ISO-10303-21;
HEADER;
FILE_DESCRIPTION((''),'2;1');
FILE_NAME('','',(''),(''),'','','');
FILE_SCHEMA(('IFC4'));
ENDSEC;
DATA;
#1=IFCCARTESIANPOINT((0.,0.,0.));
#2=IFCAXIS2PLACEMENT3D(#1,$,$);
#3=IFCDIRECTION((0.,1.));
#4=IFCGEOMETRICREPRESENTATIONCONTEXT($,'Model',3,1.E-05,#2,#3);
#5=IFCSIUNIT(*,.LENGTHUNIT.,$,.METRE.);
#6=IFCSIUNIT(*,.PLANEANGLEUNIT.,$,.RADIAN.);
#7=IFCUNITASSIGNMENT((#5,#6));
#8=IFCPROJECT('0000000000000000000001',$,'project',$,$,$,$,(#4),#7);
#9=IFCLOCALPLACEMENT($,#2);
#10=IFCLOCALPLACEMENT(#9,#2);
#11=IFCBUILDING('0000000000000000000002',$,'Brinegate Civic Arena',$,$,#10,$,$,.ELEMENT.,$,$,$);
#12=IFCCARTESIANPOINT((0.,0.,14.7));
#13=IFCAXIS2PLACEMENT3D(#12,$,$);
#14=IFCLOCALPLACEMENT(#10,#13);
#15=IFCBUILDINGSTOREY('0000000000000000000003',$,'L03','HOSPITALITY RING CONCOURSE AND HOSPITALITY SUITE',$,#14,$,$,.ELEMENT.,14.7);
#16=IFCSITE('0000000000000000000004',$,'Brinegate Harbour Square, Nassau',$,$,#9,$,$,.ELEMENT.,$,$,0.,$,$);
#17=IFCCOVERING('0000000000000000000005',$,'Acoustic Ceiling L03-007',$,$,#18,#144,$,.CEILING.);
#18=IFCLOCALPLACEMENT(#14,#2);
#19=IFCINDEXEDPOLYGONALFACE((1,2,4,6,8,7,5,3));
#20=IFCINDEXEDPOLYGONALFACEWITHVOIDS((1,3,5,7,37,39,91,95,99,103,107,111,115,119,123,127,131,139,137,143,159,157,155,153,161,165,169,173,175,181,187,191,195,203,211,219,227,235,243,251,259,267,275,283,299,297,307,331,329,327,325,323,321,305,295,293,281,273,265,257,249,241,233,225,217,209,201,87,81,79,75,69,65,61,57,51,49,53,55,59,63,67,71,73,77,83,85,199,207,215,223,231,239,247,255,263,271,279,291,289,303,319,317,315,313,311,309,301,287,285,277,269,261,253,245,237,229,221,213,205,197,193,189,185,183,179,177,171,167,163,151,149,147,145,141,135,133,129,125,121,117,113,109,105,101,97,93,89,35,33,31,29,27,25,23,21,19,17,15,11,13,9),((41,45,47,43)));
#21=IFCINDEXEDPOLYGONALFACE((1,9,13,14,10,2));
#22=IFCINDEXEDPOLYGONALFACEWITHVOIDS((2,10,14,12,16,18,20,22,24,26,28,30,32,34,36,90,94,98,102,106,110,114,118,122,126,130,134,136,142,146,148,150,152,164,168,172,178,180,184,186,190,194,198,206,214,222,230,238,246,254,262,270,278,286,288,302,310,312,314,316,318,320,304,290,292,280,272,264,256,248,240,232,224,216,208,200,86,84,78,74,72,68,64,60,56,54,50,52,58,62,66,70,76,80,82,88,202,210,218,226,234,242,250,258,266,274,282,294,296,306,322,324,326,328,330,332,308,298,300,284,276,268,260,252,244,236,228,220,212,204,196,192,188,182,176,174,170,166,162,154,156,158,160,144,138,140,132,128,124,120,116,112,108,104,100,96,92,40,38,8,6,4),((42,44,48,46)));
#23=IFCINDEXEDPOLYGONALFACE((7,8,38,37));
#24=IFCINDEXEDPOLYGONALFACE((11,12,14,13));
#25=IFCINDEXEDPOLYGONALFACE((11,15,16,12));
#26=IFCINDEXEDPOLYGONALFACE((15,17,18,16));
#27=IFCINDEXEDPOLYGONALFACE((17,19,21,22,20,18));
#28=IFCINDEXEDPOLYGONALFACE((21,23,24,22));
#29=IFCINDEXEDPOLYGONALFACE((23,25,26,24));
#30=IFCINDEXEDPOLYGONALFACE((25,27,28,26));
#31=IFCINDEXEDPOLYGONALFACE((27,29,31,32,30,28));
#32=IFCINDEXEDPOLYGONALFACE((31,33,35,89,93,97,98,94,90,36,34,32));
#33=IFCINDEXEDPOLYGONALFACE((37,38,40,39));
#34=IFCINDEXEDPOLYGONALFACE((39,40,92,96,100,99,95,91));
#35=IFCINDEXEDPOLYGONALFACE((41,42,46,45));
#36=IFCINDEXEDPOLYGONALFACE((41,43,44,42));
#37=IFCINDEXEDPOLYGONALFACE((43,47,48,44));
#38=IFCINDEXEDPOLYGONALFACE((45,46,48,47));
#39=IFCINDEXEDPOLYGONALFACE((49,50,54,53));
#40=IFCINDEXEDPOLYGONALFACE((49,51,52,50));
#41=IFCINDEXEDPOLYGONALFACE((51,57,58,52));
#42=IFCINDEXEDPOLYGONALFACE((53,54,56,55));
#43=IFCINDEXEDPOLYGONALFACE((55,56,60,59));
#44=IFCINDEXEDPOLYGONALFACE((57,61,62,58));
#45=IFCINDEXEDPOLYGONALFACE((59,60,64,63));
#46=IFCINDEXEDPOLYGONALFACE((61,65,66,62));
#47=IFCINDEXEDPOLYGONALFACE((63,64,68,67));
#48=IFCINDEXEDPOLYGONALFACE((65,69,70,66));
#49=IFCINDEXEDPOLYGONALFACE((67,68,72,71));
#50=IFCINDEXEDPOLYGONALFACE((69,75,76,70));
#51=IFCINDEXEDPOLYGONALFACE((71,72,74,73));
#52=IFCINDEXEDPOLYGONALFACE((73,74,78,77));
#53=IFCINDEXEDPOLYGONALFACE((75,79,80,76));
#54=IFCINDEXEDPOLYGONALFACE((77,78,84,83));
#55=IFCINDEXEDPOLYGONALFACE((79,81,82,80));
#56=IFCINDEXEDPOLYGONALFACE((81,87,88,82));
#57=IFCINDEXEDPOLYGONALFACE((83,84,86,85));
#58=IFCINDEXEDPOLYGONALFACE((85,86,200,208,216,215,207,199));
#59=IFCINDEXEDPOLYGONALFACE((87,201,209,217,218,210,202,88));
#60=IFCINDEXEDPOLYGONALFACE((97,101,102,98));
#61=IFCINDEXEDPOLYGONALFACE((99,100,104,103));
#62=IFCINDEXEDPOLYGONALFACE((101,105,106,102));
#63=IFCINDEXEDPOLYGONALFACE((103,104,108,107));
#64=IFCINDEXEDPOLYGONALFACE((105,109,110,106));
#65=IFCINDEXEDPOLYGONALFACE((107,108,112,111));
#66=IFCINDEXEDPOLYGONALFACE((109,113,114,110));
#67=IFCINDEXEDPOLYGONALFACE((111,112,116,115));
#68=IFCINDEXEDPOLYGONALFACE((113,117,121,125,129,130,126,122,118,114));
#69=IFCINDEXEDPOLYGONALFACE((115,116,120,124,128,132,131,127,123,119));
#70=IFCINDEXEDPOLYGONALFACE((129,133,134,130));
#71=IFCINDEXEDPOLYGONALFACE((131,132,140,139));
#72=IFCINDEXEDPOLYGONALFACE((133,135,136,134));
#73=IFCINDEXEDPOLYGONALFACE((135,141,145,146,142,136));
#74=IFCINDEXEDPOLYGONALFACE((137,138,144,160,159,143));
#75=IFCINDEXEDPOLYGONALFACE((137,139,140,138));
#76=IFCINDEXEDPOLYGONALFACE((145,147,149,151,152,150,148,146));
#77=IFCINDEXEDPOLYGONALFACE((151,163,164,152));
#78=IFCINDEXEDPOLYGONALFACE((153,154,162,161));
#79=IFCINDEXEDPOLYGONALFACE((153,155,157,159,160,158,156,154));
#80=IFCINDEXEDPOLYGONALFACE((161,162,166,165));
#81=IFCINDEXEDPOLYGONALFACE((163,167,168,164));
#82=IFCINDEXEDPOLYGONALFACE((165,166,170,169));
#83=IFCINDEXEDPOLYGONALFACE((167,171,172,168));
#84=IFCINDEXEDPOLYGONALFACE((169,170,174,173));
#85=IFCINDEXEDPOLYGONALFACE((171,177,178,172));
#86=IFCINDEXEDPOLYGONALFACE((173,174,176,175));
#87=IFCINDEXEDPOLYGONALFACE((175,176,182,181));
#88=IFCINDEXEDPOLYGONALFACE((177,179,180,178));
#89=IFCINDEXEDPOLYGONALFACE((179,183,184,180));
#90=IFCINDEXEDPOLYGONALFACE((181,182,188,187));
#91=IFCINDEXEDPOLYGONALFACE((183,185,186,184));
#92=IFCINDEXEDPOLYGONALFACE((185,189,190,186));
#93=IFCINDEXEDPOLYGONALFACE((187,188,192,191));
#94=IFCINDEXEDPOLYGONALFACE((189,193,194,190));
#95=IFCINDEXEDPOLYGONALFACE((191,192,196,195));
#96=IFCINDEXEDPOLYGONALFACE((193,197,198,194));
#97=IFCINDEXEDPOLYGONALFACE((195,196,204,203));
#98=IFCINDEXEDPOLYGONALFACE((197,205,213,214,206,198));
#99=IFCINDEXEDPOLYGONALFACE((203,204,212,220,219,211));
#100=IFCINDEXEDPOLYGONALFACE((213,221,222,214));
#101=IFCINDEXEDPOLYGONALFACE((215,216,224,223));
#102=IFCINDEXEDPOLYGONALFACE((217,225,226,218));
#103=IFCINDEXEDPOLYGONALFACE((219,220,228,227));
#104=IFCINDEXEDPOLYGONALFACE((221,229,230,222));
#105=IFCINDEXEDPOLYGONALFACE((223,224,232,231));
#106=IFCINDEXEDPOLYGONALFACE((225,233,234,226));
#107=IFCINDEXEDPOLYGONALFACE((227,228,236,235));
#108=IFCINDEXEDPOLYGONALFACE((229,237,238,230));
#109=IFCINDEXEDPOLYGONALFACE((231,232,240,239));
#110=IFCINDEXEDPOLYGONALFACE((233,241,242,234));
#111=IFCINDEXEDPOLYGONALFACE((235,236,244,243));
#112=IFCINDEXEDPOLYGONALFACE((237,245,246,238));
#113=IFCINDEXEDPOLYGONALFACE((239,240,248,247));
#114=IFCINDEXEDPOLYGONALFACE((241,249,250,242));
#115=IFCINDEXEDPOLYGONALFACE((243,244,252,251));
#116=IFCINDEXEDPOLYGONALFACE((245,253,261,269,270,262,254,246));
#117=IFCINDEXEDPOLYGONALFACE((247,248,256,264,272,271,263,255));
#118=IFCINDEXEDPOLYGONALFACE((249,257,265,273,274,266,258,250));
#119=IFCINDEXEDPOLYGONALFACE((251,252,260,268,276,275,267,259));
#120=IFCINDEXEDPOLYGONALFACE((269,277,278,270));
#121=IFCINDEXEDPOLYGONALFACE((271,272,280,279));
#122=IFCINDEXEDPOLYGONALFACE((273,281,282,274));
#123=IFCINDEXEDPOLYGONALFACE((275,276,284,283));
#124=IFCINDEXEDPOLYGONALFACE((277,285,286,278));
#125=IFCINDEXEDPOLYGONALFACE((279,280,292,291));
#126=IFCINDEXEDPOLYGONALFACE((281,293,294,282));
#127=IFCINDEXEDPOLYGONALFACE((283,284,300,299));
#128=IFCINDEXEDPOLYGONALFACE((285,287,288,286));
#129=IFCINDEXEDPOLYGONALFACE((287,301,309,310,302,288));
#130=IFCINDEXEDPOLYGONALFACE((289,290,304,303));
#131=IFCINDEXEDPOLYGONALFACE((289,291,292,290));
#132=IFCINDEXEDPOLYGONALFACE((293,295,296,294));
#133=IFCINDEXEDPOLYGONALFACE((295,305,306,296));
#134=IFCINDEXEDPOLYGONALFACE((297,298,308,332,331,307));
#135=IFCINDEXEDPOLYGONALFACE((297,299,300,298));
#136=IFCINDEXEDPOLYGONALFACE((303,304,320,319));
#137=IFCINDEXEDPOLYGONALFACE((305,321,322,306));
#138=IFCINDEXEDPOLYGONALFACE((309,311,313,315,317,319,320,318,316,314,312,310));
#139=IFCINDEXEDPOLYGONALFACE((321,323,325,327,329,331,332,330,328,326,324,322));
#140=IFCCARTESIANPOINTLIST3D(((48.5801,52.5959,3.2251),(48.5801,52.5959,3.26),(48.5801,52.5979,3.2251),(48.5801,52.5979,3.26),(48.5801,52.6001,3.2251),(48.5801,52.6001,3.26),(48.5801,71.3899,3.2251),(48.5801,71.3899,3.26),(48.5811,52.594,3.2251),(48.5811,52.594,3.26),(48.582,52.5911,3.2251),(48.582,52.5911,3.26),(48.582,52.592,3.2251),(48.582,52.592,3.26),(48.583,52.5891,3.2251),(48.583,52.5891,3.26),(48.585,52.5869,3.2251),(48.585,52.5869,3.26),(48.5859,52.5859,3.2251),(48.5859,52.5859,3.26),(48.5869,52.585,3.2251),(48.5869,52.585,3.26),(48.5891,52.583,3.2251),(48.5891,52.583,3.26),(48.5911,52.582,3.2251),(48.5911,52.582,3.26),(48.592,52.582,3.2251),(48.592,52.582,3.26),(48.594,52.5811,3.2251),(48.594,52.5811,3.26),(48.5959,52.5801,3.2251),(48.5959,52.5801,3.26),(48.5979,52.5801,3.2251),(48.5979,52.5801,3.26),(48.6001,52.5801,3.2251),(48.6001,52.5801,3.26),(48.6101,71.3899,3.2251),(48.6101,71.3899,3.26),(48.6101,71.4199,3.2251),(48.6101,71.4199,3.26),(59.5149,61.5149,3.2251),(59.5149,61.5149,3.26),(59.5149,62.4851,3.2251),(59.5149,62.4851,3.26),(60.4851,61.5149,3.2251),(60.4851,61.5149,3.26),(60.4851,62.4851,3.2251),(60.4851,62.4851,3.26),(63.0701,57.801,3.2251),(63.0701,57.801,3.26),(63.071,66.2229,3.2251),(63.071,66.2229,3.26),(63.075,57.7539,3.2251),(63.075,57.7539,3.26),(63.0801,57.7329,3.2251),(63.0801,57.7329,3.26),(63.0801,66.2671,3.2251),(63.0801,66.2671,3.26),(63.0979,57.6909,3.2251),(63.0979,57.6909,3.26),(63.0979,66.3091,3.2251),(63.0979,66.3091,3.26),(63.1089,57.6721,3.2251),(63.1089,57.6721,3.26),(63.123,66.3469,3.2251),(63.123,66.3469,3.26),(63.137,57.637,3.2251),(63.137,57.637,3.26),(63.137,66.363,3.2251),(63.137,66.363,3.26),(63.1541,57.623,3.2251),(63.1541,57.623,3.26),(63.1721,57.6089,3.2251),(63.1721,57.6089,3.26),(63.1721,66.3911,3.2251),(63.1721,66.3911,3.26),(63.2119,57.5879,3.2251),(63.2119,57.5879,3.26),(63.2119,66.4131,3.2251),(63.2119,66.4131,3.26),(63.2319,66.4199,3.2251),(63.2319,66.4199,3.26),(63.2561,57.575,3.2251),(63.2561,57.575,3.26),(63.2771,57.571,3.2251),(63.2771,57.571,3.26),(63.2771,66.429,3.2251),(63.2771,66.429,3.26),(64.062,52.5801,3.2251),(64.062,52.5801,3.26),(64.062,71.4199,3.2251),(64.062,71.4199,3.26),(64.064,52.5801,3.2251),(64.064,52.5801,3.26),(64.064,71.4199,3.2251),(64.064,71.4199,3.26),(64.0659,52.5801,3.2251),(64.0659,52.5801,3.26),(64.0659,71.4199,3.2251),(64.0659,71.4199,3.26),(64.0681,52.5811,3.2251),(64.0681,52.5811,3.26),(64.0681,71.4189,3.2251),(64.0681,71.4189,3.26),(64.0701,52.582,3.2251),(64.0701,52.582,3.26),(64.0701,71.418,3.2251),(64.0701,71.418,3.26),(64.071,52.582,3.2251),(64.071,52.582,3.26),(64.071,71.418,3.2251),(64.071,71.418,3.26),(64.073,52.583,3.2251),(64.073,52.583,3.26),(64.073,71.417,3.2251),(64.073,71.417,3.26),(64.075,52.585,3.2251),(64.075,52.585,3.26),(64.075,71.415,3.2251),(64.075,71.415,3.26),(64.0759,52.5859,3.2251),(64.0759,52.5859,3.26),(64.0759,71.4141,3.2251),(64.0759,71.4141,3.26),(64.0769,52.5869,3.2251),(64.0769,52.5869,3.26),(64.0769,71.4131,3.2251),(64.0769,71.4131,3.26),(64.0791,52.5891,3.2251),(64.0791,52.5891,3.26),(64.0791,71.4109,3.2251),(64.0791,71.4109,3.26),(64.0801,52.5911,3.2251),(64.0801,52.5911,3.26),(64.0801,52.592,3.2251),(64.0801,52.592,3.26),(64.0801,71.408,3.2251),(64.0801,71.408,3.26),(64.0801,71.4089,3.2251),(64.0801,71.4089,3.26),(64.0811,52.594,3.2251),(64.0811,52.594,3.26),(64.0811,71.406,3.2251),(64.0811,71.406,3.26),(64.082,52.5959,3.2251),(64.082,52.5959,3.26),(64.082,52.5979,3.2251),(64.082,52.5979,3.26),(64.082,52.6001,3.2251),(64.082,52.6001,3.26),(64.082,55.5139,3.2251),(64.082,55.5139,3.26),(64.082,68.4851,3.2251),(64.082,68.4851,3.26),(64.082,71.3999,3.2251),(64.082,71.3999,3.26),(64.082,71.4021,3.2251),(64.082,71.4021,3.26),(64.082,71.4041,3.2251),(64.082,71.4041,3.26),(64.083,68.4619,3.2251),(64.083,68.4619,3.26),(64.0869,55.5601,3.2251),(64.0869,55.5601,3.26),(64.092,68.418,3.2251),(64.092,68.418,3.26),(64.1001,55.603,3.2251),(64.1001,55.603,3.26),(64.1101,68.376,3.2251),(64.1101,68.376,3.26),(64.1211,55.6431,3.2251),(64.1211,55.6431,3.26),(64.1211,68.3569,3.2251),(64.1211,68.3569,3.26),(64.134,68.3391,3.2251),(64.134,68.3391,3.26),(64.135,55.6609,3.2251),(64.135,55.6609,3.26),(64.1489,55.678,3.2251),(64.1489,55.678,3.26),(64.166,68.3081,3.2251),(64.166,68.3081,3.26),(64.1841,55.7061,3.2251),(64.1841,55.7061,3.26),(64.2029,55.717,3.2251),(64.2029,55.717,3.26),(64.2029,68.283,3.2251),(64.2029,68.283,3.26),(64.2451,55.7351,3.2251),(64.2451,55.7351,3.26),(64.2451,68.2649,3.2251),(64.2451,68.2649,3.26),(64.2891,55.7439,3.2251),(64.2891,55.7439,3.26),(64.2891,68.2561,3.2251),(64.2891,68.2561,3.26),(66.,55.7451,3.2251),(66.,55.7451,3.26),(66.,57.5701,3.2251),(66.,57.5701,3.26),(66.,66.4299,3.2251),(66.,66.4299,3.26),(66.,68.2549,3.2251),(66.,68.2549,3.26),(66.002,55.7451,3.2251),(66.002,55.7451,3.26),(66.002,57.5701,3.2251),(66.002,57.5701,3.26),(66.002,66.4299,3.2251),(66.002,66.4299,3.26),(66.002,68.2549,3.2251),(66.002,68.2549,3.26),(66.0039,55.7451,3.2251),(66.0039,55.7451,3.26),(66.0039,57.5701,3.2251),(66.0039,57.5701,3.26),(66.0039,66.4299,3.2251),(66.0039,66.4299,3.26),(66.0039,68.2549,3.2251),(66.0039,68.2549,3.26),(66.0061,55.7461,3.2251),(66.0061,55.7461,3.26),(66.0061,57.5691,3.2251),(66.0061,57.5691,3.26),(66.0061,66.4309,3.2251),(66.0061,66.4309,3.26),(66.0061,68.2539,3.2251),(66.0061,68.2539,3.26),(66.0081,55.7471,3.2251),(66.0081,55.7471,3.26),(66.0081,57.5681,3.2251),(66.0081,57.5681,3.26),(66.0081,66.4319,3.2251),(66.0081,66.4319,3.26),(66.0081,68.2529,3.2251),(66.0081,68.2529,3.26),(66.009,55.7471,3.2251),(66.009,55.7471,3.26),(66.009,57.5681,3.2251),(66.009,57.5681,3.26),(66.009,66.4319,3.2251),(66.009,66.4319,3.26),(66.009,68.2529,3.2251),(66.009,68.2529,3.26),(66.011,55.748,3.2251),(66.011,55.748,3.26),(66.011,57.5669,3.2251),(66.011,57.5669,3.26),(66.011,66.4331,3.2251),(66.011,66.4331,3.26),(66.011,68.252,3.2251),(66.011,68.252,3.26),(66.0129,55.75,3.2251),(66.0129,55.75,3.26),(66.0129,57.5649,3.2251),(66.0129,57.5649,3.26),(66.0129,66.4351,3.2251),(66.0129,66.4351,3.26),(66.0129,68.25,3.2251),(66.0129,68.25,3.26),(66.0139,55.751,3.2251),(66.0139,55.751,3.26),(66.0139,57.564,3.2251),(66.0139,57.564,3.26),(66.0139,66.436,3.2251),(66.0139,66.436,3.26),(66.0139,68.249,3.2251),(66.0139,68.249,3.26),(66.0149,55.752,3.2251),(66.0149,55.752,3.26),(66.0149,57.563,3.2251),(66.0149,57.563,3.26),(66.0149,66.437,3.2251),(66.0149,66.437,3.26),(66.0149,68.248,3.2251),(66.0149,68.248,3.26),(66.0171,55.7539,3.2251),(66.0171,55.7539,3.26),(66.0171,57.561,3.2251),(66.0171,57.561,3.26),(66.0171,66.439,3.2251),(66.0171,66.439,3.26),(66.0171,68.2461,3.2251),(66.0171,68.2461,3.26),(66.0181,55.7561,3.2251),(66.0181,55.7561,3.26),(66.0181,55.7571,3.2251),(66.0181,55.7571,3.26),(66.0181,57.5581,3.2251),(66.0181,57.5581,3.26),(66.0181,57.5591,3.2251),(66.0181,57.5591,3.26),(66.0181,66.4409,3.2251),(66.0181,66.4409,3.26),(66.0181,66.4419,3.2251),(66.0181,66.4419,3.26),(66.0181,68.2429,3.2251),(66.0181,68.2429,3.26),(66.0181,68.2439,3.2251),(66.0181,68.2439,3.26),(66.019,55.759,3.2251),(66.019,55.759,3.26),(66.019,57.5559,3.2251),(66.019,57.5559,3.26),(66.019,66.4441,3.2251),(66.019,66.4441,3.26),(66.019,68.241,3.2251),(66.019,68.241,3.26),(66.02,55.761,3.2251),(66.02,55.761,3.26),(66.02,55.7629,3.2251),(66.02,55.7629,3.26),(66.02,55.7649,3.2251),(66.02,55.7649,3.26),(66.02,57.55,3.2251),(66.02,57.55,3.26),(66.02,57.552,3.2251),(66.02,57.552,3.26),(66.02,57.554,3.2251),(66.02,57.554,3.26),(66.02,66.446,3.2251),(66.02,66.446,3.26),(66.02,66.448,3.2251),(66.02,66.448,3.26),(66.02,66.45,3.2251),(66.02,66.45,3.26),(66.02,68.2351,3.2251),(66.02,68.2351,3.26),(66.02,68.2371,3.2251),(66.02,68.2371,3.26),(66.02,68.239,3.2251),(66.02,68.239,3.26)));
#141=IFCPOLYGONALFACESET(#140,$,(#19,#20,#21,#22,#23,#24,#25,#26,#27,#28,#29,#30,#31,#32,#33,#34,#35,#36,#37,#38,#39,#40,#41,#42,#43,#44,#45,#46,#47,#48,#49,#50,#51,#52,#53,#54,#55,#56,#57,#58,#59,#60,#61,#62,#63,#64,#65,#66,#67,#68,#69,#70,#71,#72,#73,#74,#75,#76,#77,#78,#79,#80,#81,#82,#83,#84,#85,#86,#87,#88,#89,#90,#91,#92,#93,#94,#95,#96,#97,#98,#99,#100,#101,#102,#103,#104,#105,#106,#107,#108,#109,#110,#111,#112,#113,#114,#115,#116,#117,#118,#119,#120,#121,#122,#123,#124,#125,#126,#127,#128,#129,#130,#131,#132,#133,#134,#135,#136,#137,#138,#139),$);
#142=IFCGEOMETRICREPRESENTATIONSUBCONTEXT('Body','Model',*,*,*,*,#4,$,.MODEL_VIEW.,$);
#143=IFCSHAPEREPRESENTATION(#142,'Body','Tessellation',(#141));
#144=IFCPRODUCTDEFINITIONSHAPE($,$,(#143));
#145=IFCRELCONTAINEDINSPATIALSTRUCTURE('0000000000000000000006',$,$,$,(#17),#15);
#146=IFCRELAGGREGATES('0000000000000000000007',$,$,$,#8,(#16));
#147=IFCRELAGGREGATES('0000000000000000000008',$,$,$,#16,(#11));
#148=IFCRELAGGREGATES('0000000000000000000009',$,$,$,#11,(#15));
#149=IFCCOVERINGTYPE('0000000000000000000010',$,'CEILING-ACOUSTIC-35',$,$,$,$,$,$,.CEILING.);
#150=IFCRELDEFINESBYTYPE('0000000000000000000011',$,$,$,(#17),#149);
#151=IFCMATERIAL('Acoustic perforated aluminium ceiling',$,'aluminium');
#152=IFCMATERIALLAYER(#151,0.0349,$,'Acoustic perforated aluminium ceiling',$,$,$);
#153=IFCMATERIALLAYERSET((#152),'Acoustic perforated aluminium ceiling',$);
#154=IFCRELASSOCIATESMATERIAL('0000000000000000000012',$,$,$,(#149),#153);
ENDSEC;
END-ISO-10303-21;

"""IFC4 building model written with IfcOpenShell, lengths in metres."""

from ifc_helpers import new_model, si_unit, direction, frame, origin, place, context, subcontext, project, spatial, polyline, outline, extrude, material, layer, layer_set, type_object, element, save


model = new_model("IFC4")

# Units and contexts
model_context = context("Model", 3, precision=1e-05, world=origin(), true_north=direction((0.0, 1.0)))
body_context = subcontext(model_context, "Body", "Model", "MODEL_VIEW")
ifc_project = project(units=[si_unit("LENGTHUNIT", "METRE"), si_unit("PLANEANGLEUNIT", "RADIAN")], contexts=[model_context])

# Site, building, storey
site_placement = place(None, origin())
site = spatial("IfcSite", under=ifc_project, at=site_placement, Name="Brinegate Harbour Square, Nassau", CompositionType="ELEMENT", RefElevation=0.0)
building_placement = place(site_placement, origin())
building = spatial("IfcBuilding", under=site, at=building_placement, Name="Brinegate Civic Arena", CompositionType="ELEMENT")
storey_placement = place(building_placement, frame((0.0, 0.0, 14.7)))
storey = spatial("IfcBuildingStorey", under=building, at=storey_placement, Name="L03", Description="HOSPITALITY RING CONCOURSE AND HOSPITALITY SUITE", CompositionType="ELEMENT", Elevation=14.7)

# Covering
ifc_material_1 = material(Name="Acoustic perforated aluminium ceiling", Category="aluminium")
ifc_layer_1 = layer(ifc_material_1, 0.0349, Name="Acoustic perforated aluminium ceiling")
ifc_layer_set_1 = layer_set([ifc_layer_1], Name="Acoustic perforated aluminium ceiling")
covering_type_1 = type_object("IfcCoveringType", Name="CEILING-ACOUSTIC-35", PredefinedType="CEILING", material=ifc_layer_set_1)
covering_1_placement = place(storey_placement, frame((0.0, 0.0, 3.2251)))
element("IfcCovering", 1, at=covering_1_placement, inside=storey, type_object=covering_type_1, Name="Acoustic Ceiling L03-007", PredefinedType="CEILING", context=body_context, shape_type="SweptSolid", body=[
    extrude(outline(polyline([(64.0659, 71.4199), (64.0681, 71.4189), (64.0701, 71.418), (64.071, 71.418), (64.073, 71.417), (64.075, 71.415), (64.0759, 71.4141), (64.0769, 71.4131), (64.0791, 71.4109), (64.0801, 71.4089), (64.0801, 71.408), (64.0811, 71.406), (64.082, 71.4041), (64.082, 71.4021), (64.082, 71.3999), (64.082, 68.4851), (64.083, 68.4619), (64.092, 68.418), (64.1101, 68.376), (64.1211, 68.3569), (64.134, 68.3391), (64.166, 68.3081), (64.2029, 68.283), (64.2451, 68.2649), (64.2891, 68.2561), (66.0, 68.2549), (66.002, 68.2549), (66.0039, 68.2549), (66.0061, 68.2539), (66.0081, 68.2529), (66.009, 68.2529), (66.011, 68.252), (66.0129, 68.25), (66.0139, 68.249), (66.0149, 68.248), (66.0171, 68.2461), (66.0181, 68.2439), (66.0181, 68.2429), (66.019, 68.241), (66.02, 68.239), (66.02, 68.2371), (66.02, 68.2351), (66.02, 66.45), (66.02, 66.448), (66.02, 66.446), (66.019, 66.4441), (66.0181, 66.4419), (66.0181, 66.4409), (66.0171, 66.439), (66.0149, 66.437), (66.0139, 66.436), (66.0129, 66.4351), (66.011, 66.4331), (66.009, 66.4319), (66.0081, 66.4319), (66.0061, 66.4309), (66.0039, 66.4299), (66.002, 66.4299), (66.0, 66.4299), (63.2771, 66.429), (63.2319, 66.4199), (63.2119, 66.4131), (63.1721, 66.3911), (63.137, 66.363), (63.123, 66.3469), (63.0979, 66.3091), (63.0801, 66.2671), (63.071, 66.2229), (63.0701, 57.801), (63.075, 57.7539), (63.0801, 57.7329), (63.0979, 57.6909), (63.1089, 57.6721), (63.137, 57.637), (63.1541, 57.623), (63.1721, 57.6089), (63.2119, 57.5879), (63.2561, 57.575), (63.2771, 57.571), (66.0, 57.5701), (66.002, 57.5701), (66.0039, 57.5701), (66.0061, 57.5691), (66.0081, 57.5681), (66.009, 57.5681), (66.011, 57.5669), (66.0129, 57.5649), (66.0139, 57.564), (66.0149, 57.563), (66.0171, 57.561), (66.0181, 57.5591), (66.0181, 57.5581), (66.019, 57.5559), (66.02, 57.554), (66.02, 57.552), (66.02, 57.55), (66.02, 55.7649), (66.02, 55.7629), (66.02, 55.761), (66.019, 55.759), (66.0181, 55.7571), (66.0181, 55.7561), (66.0171, 55.7539), (66.0149, 55.752), (66.0139, 55.751), (66.0129, 55.75), (66.011, 55.748), (66.009, 55.7471), (66.0081, 55.7471), (66.0061, 55.7461), (66.0039, 55.7451), (66.002, 55.7451), (66.0, 55.7451), (64.2891, 55.7439), (64.2451, 55.7351), (64.2029, 55.717), (64.1841, 55.7061), (64.1489, 55.678), (64.135, 55.6609), (64.1211, 55.6431), (64.1001, 55.603), (64.0869, 55.5601), (64.082, 55.5139), (64.082, 52.6001), (64.082, 52.5979), (64.082, 52.5959), (64.0811, 52.594), (64.0801, 52.592), (64.0801, 52.5911), (64.0791, 52.5891), (64.0769, 52.5869), (64.0759, 52.5859), (64.075, 52.585), (64.073, 52.583), (64.071, 52.582), (64.0701, 52.582), (64.0681, 52.5811), (64.0659, 52.5801), (64.064, 52.5801), (64.062, 52.5801), (48.6001, 52.5801), (48.5979, 52.5801), (48.5959, 52.5801), (48.594, 52.5811), (48.592, 52.582), (48.5911, 52.582), (48.5891, 52.583), (48.5869, 52.585), (48.5859, 52.5859), (48.585, 52.5869), (48.583, 52.5891), (48.582, 52.5911), (48.582, 52.592), (48.5811, 52.594), (48.5801, 52.5959), (48.5801, 52.5979), (48.5801, 52.6001), (48.5801, 71.3899), (48.6101, 71.3899), (48.6101, 71.4199), (64.062, 71.4199), (64.064, 71.4199), (64.0659, 71.4199)]), holes=[polyline([(59.5149, 62.4851), (59.5149, 61.5149), (60.4851, 61.5149), (60.4851, 62.4851), (59.5149, 62.4851)])]), origin(), (0.0, 0.0, 1.0), 0.0349),
])

save(model, "model.ifc")
